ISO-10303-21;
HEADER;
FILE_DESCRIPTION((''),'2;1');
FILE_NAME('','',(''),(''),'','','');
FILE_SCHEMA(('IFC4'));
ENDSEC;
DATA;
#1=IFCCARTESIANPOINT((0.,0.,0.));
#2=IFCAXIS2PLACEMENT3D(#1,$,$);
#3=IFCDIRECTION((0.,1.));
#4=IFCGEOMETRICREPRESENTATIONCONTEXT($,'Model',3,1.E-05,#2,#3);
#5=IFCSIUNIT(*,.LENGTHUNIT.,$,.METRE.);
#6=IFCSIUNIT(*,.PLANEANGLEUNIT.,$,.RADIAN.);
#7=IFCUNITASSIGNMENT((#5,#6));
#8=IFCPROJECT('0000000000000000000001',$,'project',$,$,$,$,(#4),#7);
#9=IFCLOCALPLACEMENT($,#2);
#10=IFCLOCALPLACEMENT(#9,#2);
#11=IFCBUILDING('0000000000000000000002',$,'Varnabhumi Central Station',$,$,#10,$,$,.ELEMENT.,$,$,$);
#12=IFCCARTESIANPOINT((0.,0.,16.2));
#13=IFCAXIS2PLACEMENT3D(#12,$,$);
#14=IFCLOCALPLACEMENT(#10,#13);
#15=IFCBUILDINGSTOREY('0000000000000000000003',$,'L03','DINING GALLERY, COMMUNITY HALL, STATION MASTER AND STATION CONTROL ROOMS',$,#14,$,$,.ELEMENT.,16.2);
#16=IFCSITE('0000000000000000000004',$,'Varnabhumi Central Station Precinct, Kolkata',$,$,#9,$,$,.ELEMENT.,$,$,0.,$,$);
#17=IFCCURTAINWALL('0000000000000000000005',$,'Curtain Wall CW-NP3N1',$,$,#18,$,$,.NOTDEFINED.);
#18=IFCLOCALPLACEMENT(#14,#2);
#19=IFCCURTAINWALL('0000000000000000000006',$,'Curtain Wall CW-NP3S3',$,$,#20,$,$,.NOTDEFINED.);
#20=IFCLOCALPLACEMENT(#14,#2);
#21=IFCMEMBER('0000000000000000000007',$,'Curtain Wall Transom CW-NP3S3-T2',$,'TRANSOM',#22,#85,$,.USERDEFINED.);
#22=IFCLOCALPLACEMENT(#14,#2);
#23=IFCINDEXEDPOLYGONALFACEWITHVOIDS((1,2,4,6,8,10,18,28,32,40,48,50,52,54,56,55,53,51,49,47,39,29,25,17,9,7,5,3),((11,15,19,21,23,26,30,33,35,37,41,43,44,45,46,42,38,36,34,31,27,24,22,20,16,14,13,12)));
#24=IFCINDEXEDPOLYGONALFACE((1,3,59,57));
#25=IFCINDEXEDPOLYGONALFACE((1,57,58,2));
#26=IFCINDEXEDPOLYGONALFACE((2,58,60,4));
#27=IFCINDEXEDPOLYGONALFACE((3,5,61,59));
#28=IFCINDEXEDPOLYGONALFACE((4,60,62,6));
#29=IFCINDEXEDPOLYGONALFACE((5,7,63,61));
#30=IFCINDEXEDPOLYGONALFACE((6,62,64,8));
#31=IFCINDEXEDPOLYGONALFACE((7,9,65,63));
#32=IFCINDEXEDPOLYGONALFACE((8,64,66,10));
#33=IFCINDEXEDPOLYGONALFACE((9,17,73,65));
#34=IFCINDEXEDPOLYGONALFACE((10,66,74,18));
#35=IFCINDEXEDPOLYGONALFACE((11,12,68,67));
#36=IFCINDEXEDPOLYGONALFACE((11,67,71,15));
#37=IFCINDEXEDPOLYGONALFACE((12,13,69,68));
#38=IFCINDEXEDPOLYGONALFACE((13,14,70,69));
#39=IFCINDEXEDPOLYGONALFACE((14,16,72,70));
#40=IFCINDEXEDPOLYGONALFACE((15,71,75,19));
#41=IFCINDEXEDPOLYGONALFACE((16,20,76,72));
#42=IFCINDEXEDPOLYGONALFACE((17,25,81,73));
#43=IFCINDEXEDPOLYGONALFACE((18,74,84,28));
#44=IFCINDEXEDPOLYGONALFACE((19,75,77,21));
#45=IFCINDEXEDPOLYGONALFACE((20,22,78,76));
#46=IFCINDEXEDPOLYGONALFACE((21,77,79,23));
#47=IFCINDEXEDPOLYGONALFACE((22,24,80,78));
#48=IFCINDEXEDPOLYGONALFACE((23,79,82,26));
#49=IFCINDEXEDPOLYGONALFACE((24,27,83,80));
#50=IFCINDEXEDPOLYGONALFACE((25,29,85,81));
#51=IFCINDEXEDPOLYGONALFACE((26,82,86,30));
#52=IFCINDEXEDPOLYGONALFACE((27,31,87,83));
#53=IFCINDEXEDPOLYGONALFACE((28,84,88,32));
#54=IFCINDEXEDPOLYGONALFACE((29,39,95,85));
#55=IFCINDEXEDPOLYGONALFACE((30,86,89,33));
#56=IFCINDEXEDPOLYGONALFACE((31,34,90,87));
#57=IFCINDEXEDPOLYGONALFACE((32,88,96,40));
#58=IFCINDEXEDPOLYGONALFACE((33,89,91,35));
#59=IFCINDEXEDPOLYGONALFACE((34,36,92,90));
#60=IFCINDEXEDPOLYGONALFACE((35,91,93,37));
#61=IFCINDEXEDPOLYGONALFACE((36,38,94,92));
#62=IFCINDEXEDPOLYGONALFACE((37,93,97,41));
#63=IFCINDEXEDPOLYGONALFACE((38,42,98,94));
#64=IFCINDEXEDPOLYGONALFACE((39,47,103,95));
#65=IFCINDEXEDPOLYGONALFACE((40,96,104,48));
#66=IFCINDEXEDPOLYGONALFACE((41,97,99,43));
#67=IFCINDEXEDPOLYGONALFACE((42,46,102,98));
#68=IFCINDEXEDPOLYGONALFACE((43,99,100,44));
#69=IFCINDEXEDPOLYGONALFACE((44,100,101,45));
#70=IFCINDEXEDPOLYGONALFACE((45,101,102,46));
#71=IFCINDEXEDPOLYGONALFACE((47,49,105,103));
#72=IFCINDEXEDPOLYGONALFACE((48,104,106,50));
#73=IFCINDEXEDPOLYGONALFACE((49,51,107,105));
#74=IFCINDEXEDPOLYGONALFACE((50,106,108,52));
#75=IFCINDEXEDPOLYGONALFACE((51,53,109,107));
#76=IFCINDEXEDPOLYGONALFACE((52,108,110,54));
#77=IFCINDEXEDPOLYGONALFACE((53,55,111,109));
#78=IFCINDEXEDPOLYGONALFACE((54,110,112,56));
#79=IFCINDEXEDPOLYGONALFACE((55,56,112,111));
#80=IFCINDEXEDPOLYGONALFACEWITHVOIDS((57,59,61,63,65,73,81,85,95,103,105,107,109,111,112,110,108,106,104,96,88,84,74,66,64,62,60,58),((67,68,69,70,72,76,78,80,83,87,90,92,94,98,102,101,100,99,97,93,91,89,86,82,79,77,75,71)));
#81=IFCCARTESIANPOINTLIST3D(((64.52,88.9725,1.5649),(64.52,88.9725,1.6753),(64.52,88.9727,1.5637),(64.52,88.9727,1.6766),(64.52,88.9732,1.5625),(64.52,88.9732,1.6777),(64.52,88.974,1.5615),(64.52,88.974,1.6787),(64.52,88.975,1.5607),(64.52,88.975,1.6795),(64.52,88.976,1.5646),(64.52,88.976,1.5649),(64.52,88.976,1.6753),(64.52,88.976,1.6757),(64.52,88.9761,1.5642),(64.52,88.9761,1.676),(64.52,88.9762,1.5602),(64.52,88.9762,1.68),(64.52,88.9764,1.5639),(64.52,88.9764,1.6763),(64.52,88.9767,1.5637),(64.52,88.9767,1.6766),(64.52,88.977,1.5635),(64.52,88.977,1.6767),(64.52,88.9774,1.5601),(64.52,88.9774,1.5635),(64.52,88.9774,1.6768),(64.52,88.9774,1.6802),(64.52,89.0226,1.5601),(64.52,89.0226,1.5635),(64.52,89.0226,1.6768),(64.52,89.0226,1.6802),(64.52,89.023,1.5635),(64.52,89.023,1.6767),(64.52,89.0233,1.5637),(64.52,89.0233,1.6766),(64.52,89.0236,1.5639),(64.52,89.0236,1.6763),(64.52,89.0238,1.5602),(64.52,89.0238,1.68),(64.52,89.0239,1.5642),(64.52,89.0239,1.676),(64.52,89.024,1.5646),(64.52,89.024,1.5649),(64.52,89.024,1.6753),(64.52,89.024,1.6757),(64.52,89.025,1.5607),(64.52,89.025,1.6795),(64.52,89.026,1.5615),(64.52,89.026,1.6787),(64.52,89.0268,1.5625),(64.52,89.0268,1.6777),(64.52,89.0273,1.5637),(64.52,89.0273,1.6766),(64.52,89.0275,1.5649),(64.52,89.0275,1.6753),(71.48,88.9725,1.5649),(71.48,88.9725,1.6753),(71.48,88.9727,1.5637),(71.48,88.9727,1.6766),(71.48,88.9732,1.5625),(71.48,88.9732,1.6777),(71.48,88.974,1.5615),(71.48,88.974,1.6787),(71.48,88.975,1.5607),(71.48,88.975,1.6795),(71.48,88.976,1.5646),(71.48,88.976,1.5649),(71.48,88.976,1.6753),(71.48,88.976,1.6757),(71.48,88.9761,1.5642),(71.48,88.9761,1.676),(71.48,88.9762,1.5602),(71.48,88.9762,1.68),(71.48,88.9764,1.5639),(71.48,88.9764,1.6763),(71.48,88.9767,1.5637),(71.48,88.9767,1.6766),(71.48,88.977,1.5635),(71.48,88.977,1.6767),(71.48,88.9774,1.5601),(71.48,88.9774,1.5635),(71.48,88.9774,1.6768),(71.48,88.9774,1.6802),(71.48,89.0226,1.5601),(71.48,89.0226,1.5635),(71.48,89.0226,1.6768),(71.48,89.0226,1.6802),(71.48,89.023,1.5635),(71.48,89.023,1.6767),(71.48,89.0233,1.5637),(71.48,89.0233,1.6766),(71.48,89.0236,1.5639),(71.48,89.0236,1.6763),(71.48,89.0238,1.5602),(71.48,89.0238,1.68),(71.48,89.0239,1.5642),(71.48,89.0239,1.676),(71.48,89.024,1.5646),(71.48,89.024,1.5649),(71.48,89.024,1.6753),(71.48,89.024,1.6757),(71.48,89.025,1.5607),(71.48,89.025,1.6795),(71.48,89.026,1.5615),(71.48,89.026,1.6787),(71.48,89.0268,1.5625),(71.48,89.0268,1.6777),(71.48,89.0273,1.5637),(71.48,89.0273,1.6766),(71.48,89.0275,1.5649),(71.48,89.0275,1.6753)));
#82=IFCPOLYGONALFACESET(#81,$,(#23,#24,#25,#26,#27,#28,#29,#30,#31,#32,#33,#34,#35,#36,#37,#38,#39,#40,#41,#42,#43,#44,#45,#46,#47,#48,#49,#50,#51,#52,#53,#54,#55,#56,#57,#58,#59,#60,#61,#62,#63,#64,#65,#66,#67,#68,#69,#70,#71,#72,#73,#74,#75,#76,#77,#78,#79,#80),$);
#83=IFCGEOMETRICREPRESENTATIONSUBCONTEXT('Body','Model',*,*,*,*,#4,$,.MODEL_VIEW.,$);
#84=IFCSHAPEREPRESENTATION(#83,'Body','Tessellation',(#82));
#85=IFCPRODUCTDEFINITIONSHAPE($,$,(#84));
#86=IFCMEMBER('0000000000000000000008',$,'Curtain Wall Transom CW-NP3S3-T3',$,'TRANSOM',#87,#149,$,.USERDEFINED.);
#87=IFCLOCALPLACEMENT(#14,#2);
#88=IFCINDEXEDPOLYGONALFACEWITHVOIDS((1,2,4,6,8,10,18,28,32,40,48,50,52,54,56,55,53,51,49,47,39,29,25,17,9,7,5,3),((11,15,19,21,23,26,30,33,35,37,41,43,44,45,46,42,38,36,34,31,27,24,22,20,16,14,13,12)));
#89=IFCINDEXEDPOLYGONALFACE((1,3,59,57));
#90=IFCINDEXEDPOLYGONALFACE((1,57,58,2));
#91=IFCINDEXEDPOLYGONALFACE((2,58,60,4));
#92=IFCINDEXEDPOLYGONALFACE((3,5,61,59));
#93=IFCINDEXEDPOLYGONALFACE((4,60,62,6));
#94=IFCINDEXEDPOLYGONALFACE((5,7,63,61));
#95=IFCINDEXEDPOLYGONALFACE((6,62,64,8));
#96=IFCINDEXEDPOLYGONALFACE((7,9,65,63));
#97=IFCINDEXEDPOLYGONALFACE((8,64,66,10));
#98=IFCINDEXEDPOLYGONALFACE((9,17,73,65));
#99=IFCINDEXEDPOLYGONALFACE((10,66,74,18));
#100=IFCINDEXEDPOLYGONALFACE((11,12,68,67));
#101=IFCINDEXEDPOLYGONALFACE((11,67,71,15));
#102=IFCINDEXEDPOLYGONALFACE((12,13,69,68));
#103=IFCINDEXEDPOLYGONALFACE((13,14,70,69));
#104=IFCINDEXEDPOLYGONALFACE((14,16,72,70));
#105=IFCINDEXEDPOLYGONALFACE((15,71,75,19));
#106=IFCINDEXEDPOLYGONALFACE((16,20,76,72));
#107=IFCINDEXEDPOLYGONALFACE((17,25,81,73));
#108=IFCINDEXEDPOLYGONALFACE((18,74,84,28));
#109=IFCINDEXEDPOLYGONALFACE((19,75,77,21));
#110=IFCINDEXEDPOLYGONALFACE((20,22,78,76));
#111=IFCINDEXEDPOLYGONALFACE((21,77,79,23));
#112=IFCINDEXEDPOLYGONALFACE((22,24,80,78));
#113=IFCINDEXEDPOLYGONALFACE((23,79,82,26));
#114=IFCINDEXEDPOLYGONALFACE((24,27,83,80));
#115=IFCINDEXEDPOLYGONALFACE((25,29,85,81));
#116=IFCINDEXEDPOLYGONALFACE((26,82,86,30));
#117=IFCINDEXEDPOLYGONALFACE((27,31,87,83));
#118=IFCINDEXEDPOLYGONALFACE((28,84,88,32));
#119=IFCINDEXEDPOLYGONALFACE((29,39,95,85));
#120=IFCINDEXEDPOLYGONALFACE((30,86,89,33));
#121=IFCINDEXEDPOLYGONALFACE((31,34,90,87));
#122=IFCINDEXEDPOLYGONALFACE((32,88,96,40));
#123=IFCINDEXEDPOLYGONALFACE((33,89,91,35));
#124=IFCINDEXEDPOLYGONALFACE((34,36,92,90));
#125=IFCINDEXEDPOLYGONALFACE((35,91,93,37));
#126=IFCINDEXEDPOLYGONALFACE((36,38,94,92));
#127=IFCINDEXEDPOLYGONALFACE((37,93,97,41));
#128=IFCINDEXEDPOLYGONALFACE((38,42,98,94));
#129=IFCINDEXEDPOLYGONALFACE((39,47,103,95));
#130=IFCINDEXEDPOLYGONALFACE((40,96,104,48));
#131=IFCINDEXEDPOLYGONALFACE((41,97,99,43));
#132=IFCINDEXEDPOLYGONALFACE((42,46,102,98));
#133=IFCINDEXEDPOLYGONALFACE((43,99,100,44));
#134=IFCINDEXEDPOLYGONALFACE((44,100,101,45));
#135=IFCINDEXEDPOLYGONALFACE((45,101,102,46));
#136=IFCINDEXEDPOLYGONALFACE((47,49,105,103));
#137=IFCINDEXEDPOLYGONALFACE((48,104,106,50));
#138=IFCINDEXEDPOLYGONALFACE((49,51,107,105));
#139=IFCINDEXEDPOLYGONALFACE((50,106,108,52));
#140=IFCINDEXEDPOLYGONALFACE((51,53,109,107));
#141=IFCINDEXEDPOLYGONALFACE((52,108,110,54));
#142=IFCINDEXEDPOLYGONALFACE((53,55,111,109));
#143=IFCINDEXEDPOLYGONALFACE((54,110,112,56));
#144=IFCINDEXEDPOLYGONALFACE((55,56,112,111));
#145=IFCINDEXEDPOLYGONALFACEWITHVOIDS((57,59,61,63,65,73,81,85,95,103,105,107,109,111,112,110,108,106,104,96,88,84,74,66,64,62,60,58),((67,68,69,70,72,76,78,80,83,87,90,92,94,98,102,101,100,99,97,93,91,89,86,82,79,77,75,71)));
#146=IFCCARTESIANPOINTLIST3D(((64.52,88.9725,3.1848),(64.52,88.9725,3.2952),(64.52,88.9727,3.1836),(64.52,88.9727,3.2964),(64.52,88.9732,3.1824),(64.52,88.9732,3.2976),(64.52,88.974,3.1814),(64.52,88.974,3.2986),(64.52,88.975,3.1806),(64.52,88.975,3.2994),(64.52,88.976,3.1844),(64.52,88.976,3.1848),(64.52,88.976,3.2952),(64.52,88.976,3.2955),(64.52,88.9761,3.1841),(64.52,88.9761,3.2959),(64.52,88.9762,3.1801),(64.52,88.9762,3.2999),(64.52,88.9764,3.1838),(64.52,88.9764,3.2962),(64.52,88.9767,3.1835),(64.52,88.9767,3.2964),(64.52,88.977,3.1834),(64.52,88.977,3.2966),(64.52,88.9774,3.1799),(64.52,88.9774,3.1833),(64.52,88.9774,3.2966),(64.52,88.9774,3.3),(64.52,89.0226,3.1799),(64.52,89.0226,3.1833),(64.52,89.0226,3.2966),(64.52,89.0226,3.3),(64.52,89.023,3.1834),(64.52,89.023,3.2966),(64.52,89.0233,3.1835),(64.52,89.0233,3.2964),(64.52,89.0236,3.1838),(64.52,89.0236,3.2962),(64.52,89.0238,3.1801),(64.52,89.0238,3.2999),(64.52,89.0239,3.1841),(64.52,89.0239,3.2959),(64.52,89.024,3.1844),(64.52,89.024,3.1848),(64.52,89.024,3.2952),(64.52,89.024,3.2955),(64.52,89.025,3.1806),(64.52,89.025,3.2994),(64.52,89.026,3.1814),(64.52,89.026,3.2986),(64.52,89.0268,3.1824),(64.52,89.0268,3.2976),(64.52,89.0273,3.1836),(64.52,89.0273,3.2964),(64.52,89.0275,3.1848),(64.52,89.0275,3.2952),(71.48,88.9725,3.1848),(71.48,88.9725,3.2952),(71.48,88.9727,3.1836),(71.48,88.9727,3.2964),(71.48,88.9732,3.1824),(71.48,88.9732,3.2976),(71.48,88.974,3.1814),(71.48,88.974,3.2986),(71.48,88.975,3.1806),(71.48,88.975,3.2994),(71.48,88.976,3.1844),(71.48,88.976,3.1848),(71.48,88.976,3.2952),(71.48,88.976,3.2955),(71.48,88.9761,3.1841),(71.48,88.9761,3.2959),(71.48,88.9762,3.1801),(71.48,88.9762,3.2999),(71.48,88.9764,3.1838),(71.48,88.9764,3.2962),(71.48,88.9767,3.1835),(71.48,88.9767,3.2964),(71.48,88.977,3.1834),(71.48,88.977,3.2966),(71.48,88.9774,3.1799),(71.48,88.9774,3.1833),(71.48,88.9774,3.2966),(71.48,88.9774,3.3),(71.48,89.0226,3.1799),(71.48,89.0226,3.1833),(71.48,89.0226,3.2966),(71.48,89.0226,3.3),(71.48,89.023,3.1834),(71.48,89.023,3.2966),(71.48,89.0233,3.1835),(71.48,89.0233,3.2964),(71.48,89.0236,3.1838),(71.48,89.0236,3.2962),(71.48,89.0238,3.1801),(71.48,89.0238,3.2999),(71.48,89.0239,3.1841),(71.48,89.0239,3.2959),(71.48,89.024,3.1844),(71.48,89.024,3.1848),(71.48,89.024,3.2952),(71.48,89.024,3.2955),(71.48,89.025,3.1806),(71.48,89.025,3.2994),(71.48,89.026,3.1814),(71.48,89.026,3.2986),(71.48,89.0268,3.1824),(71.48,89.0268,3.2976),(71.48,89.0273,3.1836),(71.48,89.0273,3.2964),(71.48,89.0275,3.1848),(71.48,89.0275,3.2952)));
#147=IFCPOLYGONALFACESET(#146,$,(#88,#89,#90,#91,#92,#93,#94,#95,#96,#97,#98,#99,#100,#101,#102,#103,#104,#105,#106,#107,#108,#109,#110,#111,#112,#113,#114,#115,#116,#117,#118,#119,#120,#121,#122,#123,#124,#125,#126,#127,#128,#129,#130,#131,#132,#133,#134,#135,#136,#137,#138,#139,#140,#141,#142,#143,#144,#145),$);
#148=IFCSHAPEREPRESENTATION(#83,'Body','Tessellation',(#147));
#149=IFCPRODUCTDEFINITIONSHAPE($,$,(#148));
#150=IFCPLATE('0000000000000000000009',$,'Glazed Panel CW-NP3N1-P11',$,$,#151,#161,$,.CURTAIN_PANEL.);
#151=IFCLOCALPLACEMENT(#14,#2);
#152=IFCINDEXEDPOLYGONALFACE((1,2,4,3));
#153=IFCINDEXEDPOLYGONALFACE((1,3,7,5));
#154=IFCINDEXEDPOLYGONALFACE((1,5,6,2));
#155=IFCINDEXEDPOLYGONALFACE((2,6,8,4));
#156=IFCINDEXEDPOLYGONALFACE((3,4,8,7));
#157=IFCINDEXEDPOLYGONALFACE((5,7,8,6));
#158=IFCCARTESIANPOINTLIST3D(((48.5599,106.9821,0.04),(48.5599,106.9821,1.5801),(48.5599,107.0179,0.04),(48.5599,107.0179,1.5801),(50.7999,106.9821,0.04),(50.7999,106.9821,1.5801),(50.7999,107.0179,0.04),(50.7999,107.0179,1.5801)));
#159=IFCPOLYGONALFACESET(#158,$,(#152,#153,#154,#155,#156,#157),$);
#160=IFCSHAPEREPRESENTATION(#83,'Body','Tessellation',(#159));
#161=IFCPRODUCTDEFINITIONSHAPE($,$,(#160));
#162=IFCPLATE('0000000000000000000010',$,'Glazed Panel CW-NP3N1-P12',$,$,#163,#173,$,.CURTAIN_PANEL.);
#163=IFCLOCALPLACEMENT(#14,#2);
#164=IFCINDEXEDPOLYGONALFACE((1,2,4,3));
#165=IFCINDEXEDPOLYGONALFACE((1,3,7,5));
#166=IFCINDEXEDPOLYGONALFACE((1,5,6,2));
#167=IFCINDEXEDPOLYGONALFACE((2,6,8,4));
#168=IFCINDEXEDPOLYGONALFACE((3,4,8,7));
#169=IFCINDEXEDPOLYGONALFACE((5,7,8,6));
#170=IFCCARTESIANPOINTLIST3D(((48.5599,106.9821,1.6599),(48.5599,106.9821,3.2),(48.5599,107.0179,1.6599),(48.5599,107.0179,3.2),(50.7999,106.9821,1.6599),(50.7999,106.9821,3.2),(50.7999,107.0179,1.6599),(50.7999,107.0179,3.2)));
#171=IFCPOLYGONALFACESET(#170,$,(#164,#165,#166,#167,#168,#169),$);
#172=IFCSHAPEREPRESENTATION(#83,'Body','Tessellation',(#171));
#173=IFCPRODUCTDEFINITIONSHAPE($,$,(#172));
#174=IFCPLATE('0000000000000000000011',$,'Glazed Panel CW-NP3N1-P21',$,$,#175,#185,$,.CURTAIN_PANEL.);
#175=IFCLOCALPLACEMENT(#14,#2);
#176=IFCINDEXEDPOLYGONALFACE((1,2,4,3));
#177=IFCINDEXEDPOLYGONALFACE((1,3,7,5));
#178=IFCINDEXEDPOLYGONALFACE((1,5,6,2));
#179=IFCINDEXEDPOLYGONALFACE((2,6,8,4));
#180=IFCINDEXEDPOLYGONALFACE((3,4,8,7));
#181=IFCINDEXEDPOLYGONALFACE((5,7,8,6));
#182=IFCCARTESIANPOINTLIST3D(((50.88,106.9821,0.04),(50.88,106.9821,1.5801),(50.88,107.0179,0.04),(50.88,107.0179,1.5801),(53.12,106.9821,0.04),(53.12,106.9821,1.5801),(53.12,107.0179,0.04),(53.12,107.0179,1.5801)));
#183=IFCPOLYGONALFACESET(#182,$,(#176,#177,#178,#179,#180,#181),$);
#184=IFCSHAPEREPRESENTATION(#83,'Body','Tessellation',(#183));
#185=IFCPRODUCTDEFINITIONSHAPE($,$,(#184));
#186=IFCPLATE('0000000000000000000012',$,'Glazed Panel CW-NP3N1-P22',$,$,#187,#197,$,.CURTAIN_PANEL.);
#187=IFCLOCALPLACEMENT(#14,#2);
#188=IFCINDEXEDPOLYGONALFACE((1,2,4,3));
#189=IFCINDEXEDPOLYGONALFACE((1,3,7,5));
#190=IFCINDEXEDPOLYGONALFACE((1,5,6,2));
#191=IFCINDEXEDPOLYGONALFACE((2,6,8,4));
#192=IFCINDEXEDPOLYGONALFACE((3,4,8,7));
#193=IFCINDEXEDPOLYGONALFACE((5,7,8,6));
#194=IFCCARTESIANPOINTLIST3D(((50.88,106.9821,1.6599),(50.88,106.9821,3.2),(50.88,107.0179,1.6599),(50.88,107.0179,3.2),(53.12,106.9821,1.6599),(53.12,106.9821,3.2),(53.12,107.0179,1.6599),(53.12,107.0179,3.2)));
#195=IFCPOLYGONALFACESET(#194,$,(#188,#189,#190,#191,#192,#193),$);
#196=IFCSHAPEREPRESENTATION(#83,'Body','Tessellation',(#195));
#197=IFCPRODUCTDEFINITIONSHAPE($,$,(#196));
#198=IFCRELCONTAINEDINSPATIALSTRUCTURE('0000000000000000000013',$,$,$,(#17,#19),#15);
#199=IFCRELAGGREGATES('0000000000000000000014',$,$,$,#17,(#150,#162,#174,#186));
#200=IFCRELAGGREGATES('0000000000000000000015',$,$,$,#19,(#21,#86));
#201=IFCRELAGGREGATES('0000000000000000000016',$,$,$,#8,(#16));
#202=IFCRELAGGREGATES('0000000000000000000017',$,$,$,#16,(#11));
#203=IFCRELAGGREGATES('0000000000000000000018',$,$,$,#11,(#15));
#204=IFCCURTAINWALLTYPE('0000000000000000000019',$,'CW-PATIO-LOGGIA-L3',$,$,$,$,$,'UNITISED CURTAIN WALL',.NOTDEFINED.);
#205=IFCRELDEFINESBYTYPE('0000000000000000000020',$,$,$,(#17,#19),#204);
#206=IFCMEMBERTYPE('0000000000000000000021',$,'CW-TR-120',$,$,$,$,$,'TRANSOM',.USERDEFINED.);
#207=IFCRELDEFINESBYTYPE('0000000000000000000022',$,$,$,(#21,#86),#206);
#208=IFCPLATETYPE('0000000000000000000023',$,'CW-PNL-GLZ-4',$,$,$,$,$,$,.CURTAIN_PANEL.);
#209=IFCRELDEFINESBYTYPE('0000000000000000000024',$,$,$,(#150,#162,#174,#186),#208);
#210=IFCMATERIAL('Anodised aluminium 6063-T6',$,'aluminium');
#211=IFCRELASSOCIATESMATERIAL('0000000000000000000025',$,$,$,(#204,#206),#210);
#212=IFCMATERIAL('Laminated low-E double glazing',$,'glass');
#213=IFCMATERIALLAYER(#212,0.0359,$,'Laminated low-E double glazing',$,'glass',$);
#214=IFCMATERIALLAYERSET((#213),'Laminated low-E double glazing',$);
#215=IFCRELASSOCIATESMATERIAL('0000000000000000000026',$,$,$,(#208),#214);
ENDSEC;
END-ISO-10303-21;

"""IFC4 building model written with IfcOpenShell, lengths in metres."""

from ifc_helpers import new_model, si_unit, direction, frame, origin, origin_2d, place, context, subcontext, project, spatial, rectangle, hollow_rectangle, extrude, material, layer, layer_set, material_profile, profile_set, type_object, element, aggregate, save


model = new_model("IFC4")

# Units and contexts
model_context = context("Model", 3, precision=1e-05, world=origin(), true_north=direction((0.0, 1.0)))
body_context = subcontext(model_context, "Body", "Model", "MODEL_VIEW")
ifc_project = project(units=[si_unit("LENGTHUNIT", "METRE"), si_unit("PLANEANGLEUNIT", "RADIAN")], contexts=[model_context])

# Site, building, storey
site_placement = place(None, origin())
site = spatial("IfcSite", under=ifc_project, at=site_placement, Name="Varnabhumi Central Station Precinct, Kolkata", CompositionType="ELEMENT", RefElevation=0.0)
building_placement = place(site_placement, origin())
building = spatial("IfcBuilding", under=site, at=building_placement, Name="Varnabhumi Central Station", CompositionType="ELEMENT")
storey_placement = place(building_placement, frame((0.0, 0.0, 16.2)))
storey = spatial("IfcBuildingStorey", under=building, at=storey_placement, Name="L03", Description="DINING GALLERY, COMMUNITY HALL, STATION MASTER AND STATION CONTROL ROOMS", CompositionType="ELEMENT", Elevation=16.2)

# Curtain walls
ifc_material_1 = material(Name="Anodised aluminium 6063-T6", Category="aluminium")
curtain_wall_type = type_object("IfcCurtainWallType", Name="CW-PATIO-LOGGIA-L3", ElementType="UNITISED CURTAIN WALL", PredefinedType="NOTDEFINED", material=ifc_material_1)
curtain_wall_1_placement = place(storey_placement, origin())
curtain_wall_1 = element("IfcCurtainWall", 1, at=curtain_wall_1_placement, inside=storey, type_object=curtain_wall_type, Name="Curtain Wall CW-NP3N1", PredefinedType="NOTDEFINED")
curtain_wall_2_placement = place(storey_placement, origin())
curtain_wall_2 = element("IfcCurtainWall", 2, at=curtain_wall_2_placement, inside=storey, type_object=curtain_wall_type, Name="Curtain Wall CW-NP3S3", PredefinedType="NOTDEFINED")

# Members
ifc_material_profile_1 = material_profile(ifc_material_1, hollow_rectangle(XDim=0.0549, YDim=0.1201, WallThickness=0.0034, InnerFilletRadius=0.0015, OuterFilletRadius=0.0049, at=origin_2d()), Name="Anodised aluminium 6063-T6", Category="aluminium")
ifc_profile_set_1 = profile_set([ifc_material_profile_1], Name="Anodised aluminium 6063-T6")
member_type_1 = type_object("IfcMemberType", Name="CW-TR-120", ElementType="TRANSOM", PredefinedType="USERDEFINED", material=ifc_profile_set_1)
member_1_placement = place(storey_placement, frame((64.52, 89.0, 1.6201), z_axis=(1.0, 0.0, 0.0), x_axis=(0.0, 1.0, 0.0)))
member_1 = element("IfcMember", 3, at=member_1_placement, type_object=member_type_1, Name="Curtain Wall Transom CW-NP3S3-T2", ObjectType="TRANSOM", PredefinedType="USERDEFINED", context=body_context, shape_type="SweptSolid", body=[
    extrude(hollow_rectangle(XDim=0.0549, YDim=0.1201, WallThickness=0.0034, InnerFilletRadius=0.0015, OuterFilletRadius=0.0049, at=origin_2d()), origin(), (0.0, 0.0, 1.0), 6.96),
])
member_2_placement = place(storey_placement, frame((64.52, 89.0, 3.24), z_axis=(1.0, 0.0, 0.0), x_axis=(0.0, 1.0, 0.0)))
member_2 = element("IfcMember", 4, at=member_2_placement, type_object=member_type_1, Name="Curtain Wall Transom CW-NP3S3-T3", ObjectType="TRANSOM", PredefinedType="USERDEFINED", context=body_context, shape_type="SweptSolid", body=[
    extrude(hollow_rectangle(XDim=0.0549, YDim=0.1201, WallThickness=0.0034, InnerFilletRadius=0.0015, OuterFilletRadius=0.0049, at=origin_2d()), origin(), (0.0, 0.0, 1.0), 6.96),
])

# Plates
ifc_material_2 = material(Name="Laminated low-E double glazing", Category="glass")
ifc_layer_1 = layer(ifc_material_2, 0.0359, Name="Laminated low-E double glazing", Category="glass")
ifc_layer_set_1 = layer_set([ifc_layer_1], Name="Laminated low-E double glazing")
plate_type_1 = type_object("IfcPlateType", Name="CW-PNL-GLZ-4", PredefinedType="CURTAIN_PANEL", material=ifc_layer_set_1)
plate_1_placement = place(storey_placement, frame((49.6799, 107.0, 0.04), z_axis=(0.0, 0.0, 1.0), x_axis=(1.0, 0.0, 0.0)))
plate_1 = element("IfcPlate", 5, at=plate_1_placement, type_object=plate_type_1, Name="Glazed Panel CW-NP3N1-P11", PredefinedType="CURTAIN_PANEL", context=body_context, shape_type="SweptSolid", body=[
    extrude(rectangle(XDim=2.24, YDim=0.0359, at=origin_2d()), origin(), (0.0, 0.0, 1.0), 1.54),
])
plate_2_placement = place(storey_placement, frame((49.6799, 107.0, 1.6599), z_axis=(0.0, 0.0, 1.0), x_axis=(1.0, 0.0, 0.0)))
plate_2 = element("IfcPlate", 6, at=plate_2_placement, type_object=plate_type_1, Name="Glazed Panel CW-NP3N1-P12", PredefinedType="CURTAIN_PANEL", context=body_context, shape_type="SweptSolid", body=[
    extrude(rectangle(XDim=2.24, YDim=0.0359, at=origin_2d()), origin(), (0.0, 0.0, 1.0), 1.54),
])
plate_3_placement = place(storey_placement, frame((52.0, 107.0, 0.04), z_axis=(0.0, 0.0, 1.0), x_axis=(1.0, 0.0, 0.0)))
plate_3 = element("IfcPlate", 7, at=plate_3_placement, type_object=plate_type_1, Name="Glazed Panel CW-NP3N1-P21", PredefinedType="CURTAIN_PANEL", context=body_context, shape_type="SweptSolid", body=[
    extrude(rectangle(XDim=2.24, YDim=0.0359, at=origin_2d()), origin(), (0.0, 0.0, 1.0), 1.54),
])
plate_4_placement = place(storey_placement, frame((52.0, 107.0, 1.6599), z_axis=(0.0, 0.0, 1.0), x_axis=(1.0, 0.0, 0.0)))
plate_4 = element("IfcPlate", 8, at=plate_4_placement, type_object=plate_type_1, Name="Glazed Panel CW-NP3N1-P22", PredefinedType="CURTAIN_PANEL", context=body_context, shape_type="SweptSolid", body=[
    extrude(rectangle(XDim=2.24, YDim=0.0359, at=origin_2d()), origin(), (0.0, 0.0, 1.0), 1.54),
])
aggregate(curtain_wall_1, [plate_1, plate_2, plate_3, plate_4])
aggregate(curtain_wall_2, [member_1, member_2])

save(model, "model.ifc")
